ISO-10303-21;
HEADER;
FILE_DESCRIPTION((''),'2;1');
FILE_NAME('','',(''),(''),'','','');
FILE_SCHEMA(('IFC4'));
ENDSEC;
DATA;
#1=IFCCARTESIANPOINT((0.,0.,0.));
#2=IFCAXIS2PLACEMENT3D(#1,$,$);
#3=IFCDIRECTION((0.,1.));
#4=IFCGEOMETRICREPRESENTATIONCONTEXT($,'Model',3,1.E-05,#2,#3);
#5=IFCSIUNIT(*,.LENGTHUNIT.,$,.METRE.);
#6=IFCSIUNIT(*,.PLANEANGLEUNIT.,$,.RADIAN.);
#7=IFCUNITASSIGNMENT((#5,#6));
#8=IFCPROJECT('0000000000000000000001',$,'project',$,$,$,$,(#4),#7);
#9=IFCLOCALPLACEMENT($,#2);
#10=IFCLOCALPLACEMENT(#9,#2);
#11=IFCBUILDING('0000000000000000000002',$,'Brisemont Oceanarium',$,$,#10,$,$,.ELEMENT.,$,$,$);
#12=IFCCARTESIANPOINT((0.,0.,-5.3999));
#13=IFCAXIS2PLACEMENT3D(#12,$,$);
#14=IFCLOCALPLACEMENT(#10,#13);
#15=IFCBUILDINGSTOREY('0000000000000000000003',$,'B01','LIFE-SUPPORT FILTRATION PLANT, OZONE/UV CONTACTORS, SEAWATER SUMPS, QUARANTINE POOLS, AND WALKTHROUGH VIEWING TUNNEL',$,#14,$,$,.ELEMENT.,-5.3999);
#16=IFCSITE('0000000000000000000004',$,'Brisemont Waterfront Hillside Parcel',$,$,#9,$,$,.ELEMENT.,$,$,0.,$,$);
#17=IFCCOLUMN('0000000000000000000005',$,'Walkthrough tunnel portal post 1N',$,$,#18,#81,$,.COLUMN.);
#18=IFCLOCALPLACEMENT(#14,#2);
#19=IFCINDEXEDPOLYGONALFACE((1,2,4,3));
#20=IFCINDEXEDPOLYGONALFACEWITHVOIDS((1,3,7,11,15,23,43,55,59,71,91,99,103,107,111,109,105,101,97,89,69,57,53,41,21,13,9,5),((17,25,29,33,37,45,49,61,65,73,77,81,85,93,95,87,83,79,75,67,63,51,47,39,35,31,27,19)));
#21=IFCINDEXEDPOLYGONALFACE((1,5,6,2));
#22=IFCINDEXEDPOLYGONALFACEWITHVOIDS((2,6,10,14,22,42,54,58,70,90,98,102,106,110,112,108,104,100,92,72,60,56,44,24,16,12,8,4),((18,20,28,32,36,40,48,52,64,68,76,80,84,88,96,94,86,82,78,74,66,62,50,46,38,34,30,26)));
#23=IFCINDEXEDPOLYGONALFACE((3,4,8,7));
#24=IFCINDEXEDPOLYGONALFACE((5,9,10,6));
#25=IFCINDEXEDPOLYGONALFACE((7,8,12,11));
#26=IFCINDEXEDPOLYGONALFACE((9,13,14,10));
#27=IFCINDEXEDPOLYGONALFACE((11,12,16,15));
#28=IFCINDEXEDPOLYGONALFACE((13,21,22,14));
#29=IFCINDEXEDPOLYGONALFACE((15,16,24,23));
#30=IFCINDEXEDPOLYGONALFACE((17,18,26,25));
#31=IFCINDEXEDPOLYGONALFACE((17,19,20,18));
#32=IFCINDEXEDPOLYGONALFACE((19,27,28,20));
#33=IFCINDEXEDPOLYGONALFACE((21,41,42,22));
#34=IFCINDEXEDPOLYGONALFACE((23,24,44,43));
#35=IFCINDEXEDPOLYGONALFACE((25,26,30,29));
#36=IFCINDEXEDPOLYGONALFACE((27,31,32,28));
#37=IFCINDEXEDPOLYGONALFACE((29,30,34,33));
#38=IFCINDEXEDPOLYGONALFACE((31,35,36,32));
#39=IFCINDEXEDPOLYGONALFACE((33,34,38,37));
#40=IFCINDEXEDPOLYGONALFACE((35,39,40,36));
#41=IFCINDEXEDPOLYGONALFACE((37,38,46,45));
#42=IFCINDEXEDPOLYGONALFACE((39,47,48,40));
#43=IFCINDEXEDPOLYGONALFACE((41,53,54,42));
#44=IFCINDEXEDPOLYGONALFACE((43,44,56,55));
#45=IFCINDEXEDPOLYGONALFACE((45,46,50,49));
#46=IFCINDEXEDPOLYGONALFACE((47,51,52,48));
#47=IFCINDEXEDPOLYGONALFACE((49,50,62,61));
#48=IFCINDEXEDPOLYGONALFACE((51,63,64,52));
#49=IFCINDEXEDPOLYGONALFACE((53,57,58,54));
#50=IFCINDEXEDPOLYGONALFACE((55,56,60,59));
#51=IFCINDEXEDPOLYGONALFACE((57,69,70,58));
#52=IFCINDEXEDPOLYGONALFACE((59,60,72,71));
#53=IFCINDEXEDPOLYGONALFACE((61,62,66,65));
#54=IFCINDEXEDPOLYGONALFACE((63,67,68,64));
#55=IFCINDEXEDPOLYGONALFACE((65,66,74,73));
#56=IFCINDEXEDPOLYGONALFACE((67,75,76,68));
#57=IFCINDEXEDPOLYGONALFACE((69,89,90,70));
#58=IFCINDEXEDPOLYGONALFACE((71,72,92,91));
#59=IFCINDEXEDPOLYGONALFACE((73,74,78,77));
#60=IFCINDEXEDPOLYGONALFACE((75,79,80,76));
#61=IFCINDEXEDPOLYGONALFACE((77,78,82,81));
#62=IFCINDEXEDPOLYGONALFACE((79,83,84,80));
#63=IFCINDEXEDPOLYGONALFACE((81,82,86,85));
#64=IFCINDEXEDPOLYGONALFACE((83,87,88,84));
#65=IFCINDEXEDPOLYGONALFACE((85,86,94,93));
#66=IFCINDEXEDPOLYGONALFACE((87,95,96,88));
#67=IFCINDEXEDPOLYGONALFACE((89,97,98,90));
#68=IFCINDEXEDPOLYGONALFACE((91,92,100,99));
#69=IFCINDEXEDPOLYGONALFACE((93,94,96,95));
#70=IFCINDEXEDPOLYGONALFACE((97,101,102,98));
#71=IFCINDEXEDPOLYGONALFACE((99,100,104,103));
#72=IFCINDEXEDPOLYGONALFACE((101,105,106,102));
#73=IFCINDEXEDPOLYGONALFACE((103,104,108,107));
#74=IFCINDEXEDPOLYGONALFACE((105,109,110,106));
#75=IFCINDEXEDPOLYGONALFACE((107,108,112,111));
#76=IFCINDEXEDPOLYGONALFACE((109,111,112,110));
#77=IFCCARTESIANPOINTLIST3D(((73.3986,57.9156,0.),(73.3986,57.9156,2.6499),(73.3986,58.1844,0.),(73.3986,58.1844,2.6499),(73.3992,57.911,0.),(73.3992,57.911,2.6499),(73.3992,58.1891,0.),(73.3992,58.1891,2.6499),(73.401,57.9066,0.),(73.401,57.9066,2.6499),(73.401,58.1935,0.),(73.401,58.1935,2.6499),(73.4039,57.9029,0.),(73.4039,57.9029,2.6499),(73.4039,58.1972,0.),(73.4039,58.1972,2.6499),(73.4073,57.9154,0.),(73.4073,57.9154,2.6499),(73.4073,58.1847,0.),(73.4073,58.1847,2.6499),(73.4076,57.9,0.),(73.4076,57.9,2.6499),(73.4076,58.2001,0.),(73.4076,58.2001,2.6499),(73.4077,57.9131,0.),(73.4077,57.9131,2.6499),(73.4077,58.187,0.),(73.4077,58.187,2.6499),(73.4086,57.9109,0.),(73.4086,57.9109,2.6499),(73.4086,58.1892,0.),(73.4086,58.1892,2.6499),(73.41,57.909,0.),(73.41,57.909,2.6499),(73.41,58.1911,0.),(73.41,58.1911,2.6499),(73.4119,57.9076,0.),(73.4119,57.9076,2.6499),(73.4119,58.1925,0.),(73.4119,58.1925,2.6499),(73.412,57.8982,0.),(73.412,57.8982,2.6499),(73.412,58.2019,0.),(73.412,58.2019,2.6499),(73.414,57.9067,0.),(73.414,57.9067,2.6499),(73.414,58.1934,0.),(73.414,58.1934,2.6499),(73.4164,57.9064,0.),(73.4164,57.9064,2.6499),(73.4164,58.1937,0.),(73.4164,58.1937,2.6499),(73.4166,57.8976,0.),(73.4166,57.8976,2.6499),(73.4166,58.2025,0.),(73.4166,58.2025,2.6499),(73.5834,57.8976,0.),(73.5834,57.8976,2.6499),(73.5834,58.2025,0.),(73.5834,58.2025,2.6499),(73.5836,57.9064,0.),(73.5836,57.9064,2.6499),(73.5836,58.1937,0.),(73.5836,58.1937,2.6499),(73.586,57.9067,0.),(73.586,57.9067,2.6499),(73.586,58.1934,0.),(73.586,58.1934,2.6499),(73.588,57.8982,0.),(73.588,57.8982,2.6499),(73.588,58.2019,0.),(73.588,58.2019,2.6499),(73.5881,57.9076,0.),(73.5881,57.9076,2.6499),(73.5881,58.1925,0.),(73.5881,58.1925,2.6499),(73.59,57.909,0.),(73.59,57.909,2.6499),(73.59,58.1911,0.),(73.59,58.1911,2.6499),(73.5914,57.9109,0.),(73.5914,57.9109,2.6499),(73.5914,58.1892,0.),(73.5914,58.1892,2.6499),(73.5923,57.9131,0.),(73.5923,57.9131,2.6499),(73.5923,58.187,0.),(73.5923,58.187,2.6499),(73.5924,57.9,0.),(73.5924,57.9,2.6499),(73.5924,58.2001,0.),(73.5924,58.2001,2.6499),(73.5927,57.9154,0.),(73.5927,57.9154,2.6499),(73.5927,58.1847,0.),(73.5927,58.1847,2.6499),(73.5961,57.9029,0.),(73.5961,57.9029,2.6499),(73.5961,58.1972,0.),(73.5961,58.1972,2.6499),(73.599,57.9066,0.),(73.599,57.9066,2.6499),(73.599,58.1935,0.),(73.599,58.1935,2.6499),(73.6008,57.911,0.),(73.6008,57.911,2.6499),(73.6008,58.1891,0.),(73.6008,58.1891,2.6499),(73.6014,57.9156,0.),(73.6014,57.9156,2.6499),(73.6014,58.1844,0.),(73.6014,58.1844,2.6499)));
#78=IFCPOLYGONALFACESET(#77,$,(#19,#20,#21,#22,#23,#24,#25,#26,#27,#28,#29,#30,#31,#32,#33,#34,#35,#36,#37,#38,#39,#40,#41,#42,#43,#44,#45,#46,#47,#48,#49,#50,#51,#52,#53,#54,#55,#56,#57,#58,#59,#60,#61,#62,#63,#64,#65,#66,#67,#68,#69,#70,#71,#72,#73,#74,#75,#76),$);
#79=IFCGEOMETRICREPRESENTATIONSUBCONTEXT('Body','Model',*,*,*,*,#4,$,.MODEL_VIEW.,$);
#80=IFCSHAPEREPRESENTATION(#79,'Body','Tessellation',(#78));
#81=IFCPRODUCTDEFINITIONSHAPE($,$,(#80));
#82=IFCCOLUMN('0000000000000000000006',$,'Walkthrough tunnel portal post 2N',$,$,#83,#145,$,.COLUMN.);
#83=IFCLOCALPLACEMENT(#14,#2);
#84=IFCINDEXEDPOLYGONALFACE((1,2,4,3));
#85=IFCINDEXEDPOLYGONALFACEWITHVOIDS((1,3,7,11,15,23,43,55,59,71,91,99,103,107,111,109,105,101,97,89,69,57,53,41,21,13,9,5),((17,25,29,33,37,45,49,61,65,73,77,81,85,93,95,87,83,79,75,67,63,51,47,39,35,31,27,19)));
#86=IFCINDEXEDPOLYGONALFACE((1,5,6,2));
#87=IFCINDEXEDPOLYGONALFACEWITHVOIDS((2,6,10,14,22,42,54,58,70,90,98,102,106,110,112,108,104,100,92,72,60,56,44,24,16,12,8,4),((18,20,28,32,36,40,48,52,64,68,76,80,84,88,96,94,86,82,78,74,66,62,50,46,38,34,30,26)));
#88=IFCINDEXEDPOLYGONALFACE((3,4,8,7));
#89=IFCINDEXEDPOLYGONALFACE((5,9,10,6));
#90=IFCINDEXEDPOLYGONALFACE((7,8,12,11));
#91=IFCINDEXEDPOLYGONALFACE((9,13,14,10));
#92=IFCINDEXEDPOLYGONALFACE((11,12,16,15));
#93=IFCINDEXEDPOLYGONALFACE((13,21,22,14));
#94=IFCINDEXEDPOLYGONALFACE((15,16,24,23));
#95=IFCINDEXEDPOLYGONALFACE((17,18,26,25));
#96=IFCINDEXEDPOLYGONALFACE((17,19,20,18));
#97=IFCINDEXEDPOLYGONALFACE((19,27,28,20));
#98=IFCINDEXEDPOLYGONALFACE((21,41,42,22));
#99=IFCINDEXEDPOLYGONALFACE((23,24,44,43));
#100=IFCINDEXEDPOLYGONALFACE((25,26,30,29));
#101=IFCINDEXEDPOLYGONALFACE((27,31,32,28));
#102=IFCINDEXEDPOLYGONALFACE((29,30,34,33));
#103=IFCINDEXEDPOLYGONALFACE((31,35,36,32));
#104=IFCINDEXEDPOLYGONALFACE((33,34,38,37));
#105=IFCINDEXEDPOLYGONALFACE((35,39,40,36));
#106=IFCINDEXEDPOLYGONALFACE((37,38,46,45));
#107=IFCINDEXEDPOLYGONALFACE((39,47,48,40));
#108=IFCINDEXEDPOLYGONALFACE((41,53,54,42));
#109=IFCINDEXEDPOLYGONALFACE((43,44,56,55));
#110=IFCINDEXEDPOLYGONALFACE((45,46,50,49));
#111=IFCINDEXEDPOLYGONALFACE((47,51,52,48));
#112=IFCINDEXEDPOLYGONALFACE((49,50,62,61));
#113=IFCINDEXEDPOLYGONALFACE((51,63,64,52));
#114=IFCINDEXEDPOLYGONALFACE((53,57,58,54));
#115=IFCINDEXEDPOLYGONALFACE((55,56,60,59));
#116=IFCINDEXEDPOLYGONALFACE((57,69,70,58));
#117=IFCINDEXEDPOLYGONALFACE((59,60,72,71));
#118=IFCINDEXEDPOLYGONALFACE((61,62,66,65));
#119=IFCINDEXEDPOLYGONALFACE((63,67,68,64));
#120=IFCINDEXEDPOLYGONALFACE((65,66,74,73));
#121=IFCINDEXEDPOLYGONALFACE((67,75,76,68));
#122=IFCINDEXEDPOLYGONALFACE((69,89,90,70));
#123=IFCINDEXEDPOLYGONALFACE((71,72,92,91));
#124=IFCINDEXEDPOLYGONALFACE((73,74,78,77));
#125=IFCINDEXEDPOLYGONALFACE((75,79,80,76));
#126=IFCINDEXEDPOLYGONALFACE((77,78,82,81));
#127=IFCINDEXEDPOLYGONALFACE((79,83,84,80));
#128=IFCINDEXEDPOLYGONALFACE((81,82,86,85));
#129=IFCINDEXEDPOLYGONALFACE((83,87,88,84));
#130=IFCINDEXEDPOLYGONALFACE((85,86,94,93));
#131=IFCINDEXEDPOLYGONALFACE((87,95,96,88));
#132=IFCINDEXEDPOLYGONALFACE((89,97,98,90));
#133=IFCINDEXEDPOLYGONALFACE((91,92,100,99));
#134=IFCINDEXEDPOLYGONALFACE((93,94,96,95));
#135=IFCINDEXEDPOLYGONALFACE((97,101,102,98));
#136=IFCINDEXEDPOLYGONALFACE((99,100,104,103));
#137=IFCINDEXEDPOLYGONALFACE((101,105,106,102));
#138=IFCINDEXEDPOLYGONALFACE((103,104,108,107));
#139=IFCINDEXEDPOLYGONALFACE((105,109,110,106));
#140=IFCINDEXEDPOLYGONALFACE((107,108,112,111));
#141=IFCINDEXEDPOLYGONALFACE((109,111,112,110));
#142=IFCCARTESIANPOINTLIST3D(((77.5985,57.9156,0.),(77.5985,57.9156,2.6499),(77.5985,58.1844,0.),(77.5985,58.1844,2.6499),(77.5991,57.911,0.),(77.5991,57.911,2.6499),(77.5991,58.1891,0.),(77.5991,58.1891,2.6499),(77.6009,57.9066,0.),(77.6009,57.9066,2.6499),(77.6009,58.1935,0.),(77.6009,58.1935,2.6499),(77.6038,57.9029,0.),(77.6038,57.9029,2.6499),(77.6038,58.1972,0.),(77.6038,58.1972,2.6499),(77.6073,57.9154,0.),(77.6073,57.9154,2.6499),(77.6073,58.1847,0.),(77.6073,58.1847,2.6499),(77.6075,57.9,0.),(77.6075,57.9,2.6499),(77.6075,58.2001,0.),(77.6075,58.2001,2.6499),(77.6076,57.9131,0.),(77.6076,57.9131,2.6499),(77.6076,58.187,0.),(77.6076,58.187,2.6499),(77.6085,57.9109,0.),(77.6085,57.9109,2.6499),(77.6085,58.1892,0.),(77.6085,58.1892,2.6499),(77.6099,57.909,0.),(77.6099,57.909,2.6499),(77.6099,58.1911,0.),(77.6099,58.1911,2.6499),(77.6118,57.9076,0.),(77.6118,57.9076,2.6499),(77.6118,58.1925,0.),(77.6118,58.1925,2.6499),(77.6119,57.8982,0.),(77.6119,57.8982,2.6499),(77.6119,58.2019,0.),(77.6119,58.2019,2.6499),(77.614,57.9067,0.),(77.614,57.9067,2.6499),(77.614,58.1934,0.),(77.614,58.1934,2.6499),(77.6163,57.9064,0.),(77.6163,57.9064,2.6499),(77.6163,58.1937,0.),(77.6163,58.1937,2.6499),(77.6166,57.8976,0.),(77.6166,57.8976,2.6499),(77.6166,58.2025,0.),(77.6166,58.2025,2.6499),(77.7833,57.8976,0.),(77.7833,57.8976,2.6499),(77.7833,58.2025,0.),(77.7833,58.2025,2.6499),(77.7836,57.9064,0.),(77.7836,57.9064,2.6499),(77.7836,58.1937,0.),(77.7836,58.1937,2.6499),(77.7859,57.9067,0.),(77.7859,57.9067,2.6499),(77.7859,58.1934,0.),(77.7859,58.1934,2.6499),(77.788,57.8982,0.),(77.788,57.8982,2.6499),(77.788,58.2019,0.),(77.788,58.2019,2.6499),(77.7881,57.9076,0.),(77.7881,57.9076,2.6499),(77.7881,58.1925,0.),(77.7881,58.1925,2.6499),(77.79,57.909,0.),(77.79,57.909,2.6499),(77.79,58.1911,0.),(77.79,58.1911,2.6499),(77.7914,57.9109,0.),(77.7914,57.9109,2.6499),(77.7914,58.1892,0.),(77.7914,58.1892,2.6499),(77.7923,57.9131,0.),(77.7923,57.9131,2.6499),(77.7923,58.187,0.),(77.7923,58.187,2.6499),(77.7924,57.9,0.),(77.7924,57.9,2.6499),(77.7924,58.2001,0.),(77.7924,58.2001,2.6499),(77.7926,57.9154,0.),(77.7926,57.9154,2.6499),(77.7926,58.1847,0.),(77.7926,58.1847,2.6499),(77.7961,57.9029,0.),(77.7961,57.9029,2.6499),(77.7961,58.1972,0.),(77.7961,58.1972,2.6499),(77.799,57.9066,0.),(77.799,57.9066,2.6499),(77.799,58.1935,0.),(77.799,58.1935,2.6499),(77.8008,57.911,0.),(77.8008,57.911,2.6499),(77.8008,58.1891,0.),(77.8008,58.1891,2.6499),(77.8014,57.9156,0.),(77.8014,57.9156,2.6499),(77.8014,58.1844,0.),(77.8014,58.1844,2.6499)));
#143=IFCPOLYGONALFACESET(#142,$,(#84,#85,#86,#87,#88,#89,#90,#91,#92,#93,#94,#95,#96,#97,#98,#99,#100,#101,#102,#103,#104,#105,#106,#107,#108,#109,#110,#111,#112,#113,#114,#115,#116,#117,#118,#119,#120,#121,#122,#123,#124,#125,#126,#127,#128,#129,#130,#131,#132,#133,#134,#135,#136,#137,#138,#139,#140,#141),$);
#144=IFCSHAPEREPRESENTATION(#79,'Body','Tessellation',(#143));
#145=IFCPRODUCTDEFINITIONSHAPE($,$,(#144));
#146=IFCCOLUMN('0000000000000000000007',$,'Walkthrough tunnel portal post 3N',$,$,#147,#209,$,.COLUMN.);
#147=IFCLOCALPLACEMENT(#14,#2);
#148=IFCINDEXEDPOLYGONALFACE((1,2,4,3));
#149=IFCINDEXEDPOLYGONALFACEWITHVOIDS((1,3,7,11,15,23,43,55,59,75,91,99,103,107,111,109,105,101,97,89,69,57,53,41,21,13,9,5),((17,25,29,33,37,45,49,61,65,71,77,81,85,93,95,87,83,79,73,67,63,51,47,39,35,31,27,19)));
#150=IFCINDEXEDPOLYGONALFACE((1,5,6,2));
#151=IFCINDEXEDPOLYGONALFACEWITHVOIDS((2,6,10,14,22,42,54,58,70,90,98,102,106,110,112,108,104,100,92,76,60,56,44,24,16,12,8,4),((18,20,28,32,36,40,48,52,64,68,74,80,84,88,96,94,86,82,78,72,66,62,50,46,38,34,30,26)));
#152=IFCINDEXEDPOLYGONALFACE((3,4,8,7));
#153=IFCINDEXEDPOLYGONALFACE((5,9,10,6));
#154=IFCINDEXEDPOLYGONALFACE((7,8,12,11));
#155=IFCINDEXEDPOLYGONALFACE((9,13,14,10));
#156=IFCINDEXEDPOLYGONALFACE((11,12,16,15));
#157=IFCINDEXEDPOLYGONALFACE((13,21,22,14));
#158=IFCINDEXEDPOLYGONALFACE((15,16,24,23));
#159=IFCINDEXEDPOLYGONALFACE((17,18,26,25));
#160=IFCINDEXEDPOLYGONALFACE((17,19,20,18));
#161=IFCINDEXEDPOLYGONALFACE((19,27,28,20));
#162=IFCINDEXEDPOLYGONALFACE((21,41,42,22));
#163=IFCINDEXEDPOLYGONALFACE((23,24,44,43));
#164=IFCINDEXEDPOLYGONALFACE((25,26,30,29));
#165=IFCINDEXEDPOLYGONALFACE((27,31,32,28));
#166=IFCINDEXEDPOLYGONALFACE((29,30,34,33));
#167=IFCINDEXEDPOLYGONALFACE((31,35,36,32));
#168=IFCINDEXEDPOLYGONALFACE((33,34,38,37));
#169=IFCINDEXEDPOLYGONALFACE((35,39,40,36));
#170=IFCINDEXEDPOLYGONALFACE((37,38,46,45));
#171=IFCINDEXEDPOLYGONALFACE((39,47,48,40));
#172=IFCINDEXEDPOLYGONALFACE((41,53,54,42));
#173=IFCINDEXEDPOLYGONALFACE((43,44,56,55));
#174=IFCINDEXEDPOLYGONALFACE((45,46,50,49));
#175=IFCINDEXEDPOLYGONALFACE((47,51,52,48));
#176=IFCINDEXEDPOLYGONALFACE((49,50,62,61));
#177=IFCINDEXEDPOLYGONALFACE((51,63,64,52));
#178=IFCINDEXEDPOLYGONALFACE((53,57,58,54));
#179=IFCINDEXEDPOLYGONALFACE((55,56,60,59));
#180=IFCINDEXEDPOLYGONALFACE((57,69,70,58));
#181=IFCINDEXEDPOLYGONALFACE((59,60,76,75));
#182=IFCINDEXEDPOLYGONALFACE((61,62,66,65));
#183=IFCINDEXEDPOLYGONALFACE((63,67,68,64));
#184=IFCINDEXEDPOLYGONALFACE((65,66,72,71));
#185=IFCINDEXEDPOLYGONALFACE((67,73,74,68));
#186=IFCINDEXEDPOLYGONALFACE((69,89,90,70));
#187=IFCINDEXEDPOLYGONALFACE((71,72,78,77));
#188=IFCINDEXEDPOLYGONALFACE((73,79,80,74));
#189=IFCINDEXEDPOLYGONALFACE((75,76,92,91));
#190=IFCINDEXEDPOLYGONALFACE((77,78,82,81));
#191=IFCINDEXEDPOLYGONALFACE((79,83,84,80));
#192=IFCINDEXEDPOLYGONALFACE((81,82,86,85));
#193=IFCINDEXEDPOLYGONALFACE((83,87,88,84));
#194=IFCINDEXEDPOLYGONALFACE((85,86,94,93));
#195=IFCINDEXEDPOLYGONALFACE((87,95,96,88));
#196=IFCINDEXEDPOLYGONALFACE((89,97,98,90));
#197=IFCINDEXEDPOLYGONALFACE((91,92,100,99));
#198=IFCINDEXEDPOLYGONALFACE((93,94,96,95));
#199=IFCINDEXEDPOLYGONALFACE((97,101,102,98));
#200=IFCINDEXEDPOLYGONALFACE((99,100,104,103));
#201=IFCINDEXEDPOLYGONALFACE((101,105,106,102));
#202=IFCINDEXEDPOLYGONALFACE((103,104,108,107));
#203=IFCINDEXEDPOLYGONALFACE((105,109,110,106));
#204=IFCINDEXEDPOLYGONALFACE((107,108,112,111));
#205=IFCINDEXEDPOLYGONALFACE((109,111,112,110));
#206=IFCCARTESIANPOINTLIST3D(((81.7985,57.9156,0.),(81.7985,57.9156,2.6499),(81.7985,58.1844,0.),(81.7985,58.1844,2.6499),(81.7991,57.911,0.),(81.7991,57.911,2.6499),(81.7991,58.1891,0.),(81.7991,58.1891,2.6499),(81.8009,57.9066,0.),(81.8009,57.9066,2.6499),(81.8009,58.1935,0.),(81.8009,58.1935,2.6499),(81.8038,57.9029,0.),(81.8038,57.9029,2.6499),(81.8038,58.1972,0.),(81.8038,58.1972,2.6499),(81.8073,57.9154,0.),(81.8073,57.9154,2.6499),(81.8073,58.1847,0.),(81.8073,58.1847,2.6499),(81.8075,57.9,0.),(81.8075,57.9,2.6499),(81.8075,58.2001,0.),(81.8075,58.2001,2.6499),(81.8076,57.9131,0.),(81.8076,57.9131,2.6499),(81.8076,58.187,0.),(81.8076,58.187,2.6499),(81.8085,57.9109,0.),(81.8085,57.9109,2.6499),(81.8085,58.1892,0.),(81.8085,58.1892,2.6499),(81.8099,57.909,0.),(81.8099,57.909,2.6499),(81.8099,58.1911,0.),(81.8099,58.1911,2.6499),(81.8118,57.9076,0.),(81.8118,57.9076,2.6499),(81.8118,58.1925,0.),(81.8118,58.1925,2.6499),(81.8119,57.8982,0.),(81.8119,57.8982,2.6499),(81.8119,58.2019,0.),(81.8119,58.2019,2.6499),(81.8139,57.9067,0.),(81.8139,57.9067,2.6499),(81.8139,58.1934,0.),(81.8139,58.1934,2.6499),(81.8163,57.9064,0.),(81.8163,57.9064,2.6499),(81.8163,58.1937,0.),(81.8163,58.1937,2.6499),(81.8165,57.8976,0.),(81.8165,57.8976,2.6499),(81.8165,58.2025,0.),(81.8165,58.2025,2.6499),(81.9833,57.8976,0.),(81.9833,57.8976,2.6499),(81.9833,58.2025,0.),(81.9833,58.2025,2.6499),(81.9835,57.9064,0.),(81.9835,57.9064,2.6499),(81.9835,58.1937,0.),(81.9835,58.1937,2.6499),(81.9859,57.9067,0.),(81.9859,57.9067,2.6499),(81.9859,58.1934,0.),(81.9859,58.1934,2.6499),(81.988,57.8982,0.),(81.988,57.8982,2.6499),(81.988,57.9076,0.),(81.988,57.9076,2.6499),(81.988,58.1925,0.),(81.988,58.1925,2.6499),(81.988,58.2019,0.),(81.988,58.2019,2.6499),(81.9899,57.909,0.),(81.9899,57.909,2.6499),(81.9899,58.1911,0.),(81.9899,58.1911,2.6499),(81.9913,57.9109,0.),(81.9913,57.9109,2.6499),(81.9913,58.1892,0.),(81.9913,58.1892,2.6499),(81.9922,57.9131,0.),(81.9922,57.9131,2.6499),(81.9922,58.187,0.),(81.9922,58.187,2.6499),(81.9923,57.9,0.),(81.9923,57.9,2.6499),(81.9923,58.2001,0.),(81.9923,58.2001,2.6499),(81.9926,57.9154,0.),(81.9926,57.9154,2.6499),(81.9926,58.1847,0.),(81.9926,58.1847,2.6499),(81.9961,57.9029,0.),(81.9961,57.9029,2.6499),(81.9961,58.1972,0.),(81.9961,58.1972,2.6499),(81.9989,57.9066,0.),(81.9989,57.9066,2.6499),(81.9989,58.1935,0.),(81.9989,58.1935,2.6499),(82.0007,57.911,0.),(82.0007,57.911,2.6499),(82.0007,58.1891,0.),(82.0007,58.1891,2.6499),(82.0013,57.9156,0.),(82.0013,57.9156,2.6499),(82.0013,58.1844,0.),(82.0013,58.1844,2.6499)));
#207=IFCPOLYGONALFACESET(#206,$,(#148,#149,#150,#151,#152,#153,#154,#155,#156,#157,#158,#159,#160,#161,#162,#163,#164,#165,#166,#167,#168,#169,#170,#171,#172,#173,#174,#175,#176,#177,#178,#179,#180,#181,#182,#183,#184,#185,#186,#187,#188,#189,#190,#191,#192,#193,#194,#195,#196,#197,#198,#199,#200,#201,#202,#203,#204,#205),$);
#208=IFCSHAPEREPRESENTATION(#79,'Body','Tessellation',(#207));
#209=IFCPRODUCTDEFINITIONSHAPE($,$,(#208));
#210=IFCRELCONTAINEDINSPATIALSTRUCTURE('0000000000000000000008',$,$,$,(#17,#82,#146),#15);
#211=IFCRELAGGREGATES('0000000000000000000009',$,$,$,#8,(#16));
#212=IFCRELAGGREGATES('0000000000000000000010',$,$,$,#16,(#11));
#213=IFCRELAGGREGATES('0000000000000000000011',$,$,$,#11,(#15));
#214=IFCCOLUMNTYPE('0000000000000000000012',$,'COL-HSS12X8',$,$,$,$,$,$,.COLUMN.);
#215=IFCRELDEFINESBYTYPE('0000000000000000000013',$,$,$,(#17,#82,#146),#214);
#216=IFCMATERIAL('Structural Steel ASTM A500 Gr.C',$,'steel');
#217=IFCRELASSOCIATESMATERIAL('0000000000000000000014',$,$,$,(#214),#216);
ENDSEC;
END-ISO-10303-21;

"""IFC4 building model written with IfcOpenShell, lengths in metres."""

from ifc_helpers import new_model, si_unit, direction, frame, origin, origin_2d, place, context, subcontext, project, spatial, hollow_rectangle, extrude, material, material_profile, profile_set, type_object, element, save


model = new_model("IFC4")

# Units and contexts
model_context = context("Model", 3, precision=1e-05, world=origin(), true_north=direction((0.0, 1.0)))
body_context = subcontext(model_context, "Body", "Model", "MODEL_VIEW")
ifc_project = project(units=[si_unit("LENGTHUNIT", "METRE"), si_unit("PLANEANGLEUNIT", "RADIAN")], contexts=[model_context])

# Site, building, storey
site_placement = place(None, origin())
site = spatial("IfcSite", under=ifc_project, at=site_placement, Name="Brisemont Waterfront Hillside Parcel", CompositionType="ELEMENT", RefElevation=0.0)
building_placement = place(site_placement, origin())
building = spatial("IfcBuilding", under=site, at=building_placement, Name="Brisemont Oceanarium", CompositionType="ELEMENT")
storey_placement = place(building_placement, frame((0.0, 0.0, -5.3999)))
storey = spatial("IfcBuildingStorey", under=building, at=storey_placement, Name="B01", Description="LIFE-SUPPORT FILTRATION PLANT, OZONE/UV CONTACTORS, SEAWATER SUMPS, QUARANTINE POOLS, AND WALKTHROUGH VIEWING TUNNEL", CompositionType="ELEMENT", Elevation=-5.3999)

# Columns
ifc_material_1 = material(Name="Structural Steel ASTM A500 Gr.C", Category="steel")
ifc_material_profile_1 = material_profile(ifc_material_1, hollow_rectangle(XDim=0.2029, YDim=0.3049, WallThickness=0.0088, InnerFilletRadius=0.009, OuterFilletRadius=0.0181, at=origin_2d()), Name="HSS12X8X3/8")
ifc_profile_set_1 = profile_set([ifc_material_profile_1], Name="Structural Steel ASTM A500 Gr.C")
column_type_1 = type_object("IfcColumnType", Name="COL-HSS12X8", PredefinedType="COLUMN", material=ifc_profile_set_1)
for number, where, z_axis, x_axis, name in (
    (1, (73.5, 58.05, 0.0), (0.0, 0.0, 1.0), (1.0, 0.0, 0.0), "Walkthrough tunnel portal post 1N"),
    (2, (77.7, 58.05, 0.0), (0.0, 0.0, 1.0), (1.0, 0.0, 0.0), "Walkthrough tunnel portal post 2N"),
    (3, (81.8999, 58.05, 0.0), (0.0, 0.0, 1.0), (1.0, 0.0, 0.0), "Walkthrough tunnel portal post 3N"),
):
    element("IfcColumn", number, at=place(storey_placement, frame(where, z_axis=z_axis, x_axis=x_axis)), inside=storey, type_object=column_type_1, Name=name, PredefinedType="COLUMN", context=body_context, shape_type="SweptSolid", body=[
        extrude(hollow_rectangle(XDim=0.2029, YDim=0.3049, WallThickness=0.0088, InnerFilletRadius=0.009, OuterFilletRadius=0.0181, at=origin_2d()), origin(), (0.0, 0.0, 1.0), 2.6499),
    ])

save(model, "model.ifc")
